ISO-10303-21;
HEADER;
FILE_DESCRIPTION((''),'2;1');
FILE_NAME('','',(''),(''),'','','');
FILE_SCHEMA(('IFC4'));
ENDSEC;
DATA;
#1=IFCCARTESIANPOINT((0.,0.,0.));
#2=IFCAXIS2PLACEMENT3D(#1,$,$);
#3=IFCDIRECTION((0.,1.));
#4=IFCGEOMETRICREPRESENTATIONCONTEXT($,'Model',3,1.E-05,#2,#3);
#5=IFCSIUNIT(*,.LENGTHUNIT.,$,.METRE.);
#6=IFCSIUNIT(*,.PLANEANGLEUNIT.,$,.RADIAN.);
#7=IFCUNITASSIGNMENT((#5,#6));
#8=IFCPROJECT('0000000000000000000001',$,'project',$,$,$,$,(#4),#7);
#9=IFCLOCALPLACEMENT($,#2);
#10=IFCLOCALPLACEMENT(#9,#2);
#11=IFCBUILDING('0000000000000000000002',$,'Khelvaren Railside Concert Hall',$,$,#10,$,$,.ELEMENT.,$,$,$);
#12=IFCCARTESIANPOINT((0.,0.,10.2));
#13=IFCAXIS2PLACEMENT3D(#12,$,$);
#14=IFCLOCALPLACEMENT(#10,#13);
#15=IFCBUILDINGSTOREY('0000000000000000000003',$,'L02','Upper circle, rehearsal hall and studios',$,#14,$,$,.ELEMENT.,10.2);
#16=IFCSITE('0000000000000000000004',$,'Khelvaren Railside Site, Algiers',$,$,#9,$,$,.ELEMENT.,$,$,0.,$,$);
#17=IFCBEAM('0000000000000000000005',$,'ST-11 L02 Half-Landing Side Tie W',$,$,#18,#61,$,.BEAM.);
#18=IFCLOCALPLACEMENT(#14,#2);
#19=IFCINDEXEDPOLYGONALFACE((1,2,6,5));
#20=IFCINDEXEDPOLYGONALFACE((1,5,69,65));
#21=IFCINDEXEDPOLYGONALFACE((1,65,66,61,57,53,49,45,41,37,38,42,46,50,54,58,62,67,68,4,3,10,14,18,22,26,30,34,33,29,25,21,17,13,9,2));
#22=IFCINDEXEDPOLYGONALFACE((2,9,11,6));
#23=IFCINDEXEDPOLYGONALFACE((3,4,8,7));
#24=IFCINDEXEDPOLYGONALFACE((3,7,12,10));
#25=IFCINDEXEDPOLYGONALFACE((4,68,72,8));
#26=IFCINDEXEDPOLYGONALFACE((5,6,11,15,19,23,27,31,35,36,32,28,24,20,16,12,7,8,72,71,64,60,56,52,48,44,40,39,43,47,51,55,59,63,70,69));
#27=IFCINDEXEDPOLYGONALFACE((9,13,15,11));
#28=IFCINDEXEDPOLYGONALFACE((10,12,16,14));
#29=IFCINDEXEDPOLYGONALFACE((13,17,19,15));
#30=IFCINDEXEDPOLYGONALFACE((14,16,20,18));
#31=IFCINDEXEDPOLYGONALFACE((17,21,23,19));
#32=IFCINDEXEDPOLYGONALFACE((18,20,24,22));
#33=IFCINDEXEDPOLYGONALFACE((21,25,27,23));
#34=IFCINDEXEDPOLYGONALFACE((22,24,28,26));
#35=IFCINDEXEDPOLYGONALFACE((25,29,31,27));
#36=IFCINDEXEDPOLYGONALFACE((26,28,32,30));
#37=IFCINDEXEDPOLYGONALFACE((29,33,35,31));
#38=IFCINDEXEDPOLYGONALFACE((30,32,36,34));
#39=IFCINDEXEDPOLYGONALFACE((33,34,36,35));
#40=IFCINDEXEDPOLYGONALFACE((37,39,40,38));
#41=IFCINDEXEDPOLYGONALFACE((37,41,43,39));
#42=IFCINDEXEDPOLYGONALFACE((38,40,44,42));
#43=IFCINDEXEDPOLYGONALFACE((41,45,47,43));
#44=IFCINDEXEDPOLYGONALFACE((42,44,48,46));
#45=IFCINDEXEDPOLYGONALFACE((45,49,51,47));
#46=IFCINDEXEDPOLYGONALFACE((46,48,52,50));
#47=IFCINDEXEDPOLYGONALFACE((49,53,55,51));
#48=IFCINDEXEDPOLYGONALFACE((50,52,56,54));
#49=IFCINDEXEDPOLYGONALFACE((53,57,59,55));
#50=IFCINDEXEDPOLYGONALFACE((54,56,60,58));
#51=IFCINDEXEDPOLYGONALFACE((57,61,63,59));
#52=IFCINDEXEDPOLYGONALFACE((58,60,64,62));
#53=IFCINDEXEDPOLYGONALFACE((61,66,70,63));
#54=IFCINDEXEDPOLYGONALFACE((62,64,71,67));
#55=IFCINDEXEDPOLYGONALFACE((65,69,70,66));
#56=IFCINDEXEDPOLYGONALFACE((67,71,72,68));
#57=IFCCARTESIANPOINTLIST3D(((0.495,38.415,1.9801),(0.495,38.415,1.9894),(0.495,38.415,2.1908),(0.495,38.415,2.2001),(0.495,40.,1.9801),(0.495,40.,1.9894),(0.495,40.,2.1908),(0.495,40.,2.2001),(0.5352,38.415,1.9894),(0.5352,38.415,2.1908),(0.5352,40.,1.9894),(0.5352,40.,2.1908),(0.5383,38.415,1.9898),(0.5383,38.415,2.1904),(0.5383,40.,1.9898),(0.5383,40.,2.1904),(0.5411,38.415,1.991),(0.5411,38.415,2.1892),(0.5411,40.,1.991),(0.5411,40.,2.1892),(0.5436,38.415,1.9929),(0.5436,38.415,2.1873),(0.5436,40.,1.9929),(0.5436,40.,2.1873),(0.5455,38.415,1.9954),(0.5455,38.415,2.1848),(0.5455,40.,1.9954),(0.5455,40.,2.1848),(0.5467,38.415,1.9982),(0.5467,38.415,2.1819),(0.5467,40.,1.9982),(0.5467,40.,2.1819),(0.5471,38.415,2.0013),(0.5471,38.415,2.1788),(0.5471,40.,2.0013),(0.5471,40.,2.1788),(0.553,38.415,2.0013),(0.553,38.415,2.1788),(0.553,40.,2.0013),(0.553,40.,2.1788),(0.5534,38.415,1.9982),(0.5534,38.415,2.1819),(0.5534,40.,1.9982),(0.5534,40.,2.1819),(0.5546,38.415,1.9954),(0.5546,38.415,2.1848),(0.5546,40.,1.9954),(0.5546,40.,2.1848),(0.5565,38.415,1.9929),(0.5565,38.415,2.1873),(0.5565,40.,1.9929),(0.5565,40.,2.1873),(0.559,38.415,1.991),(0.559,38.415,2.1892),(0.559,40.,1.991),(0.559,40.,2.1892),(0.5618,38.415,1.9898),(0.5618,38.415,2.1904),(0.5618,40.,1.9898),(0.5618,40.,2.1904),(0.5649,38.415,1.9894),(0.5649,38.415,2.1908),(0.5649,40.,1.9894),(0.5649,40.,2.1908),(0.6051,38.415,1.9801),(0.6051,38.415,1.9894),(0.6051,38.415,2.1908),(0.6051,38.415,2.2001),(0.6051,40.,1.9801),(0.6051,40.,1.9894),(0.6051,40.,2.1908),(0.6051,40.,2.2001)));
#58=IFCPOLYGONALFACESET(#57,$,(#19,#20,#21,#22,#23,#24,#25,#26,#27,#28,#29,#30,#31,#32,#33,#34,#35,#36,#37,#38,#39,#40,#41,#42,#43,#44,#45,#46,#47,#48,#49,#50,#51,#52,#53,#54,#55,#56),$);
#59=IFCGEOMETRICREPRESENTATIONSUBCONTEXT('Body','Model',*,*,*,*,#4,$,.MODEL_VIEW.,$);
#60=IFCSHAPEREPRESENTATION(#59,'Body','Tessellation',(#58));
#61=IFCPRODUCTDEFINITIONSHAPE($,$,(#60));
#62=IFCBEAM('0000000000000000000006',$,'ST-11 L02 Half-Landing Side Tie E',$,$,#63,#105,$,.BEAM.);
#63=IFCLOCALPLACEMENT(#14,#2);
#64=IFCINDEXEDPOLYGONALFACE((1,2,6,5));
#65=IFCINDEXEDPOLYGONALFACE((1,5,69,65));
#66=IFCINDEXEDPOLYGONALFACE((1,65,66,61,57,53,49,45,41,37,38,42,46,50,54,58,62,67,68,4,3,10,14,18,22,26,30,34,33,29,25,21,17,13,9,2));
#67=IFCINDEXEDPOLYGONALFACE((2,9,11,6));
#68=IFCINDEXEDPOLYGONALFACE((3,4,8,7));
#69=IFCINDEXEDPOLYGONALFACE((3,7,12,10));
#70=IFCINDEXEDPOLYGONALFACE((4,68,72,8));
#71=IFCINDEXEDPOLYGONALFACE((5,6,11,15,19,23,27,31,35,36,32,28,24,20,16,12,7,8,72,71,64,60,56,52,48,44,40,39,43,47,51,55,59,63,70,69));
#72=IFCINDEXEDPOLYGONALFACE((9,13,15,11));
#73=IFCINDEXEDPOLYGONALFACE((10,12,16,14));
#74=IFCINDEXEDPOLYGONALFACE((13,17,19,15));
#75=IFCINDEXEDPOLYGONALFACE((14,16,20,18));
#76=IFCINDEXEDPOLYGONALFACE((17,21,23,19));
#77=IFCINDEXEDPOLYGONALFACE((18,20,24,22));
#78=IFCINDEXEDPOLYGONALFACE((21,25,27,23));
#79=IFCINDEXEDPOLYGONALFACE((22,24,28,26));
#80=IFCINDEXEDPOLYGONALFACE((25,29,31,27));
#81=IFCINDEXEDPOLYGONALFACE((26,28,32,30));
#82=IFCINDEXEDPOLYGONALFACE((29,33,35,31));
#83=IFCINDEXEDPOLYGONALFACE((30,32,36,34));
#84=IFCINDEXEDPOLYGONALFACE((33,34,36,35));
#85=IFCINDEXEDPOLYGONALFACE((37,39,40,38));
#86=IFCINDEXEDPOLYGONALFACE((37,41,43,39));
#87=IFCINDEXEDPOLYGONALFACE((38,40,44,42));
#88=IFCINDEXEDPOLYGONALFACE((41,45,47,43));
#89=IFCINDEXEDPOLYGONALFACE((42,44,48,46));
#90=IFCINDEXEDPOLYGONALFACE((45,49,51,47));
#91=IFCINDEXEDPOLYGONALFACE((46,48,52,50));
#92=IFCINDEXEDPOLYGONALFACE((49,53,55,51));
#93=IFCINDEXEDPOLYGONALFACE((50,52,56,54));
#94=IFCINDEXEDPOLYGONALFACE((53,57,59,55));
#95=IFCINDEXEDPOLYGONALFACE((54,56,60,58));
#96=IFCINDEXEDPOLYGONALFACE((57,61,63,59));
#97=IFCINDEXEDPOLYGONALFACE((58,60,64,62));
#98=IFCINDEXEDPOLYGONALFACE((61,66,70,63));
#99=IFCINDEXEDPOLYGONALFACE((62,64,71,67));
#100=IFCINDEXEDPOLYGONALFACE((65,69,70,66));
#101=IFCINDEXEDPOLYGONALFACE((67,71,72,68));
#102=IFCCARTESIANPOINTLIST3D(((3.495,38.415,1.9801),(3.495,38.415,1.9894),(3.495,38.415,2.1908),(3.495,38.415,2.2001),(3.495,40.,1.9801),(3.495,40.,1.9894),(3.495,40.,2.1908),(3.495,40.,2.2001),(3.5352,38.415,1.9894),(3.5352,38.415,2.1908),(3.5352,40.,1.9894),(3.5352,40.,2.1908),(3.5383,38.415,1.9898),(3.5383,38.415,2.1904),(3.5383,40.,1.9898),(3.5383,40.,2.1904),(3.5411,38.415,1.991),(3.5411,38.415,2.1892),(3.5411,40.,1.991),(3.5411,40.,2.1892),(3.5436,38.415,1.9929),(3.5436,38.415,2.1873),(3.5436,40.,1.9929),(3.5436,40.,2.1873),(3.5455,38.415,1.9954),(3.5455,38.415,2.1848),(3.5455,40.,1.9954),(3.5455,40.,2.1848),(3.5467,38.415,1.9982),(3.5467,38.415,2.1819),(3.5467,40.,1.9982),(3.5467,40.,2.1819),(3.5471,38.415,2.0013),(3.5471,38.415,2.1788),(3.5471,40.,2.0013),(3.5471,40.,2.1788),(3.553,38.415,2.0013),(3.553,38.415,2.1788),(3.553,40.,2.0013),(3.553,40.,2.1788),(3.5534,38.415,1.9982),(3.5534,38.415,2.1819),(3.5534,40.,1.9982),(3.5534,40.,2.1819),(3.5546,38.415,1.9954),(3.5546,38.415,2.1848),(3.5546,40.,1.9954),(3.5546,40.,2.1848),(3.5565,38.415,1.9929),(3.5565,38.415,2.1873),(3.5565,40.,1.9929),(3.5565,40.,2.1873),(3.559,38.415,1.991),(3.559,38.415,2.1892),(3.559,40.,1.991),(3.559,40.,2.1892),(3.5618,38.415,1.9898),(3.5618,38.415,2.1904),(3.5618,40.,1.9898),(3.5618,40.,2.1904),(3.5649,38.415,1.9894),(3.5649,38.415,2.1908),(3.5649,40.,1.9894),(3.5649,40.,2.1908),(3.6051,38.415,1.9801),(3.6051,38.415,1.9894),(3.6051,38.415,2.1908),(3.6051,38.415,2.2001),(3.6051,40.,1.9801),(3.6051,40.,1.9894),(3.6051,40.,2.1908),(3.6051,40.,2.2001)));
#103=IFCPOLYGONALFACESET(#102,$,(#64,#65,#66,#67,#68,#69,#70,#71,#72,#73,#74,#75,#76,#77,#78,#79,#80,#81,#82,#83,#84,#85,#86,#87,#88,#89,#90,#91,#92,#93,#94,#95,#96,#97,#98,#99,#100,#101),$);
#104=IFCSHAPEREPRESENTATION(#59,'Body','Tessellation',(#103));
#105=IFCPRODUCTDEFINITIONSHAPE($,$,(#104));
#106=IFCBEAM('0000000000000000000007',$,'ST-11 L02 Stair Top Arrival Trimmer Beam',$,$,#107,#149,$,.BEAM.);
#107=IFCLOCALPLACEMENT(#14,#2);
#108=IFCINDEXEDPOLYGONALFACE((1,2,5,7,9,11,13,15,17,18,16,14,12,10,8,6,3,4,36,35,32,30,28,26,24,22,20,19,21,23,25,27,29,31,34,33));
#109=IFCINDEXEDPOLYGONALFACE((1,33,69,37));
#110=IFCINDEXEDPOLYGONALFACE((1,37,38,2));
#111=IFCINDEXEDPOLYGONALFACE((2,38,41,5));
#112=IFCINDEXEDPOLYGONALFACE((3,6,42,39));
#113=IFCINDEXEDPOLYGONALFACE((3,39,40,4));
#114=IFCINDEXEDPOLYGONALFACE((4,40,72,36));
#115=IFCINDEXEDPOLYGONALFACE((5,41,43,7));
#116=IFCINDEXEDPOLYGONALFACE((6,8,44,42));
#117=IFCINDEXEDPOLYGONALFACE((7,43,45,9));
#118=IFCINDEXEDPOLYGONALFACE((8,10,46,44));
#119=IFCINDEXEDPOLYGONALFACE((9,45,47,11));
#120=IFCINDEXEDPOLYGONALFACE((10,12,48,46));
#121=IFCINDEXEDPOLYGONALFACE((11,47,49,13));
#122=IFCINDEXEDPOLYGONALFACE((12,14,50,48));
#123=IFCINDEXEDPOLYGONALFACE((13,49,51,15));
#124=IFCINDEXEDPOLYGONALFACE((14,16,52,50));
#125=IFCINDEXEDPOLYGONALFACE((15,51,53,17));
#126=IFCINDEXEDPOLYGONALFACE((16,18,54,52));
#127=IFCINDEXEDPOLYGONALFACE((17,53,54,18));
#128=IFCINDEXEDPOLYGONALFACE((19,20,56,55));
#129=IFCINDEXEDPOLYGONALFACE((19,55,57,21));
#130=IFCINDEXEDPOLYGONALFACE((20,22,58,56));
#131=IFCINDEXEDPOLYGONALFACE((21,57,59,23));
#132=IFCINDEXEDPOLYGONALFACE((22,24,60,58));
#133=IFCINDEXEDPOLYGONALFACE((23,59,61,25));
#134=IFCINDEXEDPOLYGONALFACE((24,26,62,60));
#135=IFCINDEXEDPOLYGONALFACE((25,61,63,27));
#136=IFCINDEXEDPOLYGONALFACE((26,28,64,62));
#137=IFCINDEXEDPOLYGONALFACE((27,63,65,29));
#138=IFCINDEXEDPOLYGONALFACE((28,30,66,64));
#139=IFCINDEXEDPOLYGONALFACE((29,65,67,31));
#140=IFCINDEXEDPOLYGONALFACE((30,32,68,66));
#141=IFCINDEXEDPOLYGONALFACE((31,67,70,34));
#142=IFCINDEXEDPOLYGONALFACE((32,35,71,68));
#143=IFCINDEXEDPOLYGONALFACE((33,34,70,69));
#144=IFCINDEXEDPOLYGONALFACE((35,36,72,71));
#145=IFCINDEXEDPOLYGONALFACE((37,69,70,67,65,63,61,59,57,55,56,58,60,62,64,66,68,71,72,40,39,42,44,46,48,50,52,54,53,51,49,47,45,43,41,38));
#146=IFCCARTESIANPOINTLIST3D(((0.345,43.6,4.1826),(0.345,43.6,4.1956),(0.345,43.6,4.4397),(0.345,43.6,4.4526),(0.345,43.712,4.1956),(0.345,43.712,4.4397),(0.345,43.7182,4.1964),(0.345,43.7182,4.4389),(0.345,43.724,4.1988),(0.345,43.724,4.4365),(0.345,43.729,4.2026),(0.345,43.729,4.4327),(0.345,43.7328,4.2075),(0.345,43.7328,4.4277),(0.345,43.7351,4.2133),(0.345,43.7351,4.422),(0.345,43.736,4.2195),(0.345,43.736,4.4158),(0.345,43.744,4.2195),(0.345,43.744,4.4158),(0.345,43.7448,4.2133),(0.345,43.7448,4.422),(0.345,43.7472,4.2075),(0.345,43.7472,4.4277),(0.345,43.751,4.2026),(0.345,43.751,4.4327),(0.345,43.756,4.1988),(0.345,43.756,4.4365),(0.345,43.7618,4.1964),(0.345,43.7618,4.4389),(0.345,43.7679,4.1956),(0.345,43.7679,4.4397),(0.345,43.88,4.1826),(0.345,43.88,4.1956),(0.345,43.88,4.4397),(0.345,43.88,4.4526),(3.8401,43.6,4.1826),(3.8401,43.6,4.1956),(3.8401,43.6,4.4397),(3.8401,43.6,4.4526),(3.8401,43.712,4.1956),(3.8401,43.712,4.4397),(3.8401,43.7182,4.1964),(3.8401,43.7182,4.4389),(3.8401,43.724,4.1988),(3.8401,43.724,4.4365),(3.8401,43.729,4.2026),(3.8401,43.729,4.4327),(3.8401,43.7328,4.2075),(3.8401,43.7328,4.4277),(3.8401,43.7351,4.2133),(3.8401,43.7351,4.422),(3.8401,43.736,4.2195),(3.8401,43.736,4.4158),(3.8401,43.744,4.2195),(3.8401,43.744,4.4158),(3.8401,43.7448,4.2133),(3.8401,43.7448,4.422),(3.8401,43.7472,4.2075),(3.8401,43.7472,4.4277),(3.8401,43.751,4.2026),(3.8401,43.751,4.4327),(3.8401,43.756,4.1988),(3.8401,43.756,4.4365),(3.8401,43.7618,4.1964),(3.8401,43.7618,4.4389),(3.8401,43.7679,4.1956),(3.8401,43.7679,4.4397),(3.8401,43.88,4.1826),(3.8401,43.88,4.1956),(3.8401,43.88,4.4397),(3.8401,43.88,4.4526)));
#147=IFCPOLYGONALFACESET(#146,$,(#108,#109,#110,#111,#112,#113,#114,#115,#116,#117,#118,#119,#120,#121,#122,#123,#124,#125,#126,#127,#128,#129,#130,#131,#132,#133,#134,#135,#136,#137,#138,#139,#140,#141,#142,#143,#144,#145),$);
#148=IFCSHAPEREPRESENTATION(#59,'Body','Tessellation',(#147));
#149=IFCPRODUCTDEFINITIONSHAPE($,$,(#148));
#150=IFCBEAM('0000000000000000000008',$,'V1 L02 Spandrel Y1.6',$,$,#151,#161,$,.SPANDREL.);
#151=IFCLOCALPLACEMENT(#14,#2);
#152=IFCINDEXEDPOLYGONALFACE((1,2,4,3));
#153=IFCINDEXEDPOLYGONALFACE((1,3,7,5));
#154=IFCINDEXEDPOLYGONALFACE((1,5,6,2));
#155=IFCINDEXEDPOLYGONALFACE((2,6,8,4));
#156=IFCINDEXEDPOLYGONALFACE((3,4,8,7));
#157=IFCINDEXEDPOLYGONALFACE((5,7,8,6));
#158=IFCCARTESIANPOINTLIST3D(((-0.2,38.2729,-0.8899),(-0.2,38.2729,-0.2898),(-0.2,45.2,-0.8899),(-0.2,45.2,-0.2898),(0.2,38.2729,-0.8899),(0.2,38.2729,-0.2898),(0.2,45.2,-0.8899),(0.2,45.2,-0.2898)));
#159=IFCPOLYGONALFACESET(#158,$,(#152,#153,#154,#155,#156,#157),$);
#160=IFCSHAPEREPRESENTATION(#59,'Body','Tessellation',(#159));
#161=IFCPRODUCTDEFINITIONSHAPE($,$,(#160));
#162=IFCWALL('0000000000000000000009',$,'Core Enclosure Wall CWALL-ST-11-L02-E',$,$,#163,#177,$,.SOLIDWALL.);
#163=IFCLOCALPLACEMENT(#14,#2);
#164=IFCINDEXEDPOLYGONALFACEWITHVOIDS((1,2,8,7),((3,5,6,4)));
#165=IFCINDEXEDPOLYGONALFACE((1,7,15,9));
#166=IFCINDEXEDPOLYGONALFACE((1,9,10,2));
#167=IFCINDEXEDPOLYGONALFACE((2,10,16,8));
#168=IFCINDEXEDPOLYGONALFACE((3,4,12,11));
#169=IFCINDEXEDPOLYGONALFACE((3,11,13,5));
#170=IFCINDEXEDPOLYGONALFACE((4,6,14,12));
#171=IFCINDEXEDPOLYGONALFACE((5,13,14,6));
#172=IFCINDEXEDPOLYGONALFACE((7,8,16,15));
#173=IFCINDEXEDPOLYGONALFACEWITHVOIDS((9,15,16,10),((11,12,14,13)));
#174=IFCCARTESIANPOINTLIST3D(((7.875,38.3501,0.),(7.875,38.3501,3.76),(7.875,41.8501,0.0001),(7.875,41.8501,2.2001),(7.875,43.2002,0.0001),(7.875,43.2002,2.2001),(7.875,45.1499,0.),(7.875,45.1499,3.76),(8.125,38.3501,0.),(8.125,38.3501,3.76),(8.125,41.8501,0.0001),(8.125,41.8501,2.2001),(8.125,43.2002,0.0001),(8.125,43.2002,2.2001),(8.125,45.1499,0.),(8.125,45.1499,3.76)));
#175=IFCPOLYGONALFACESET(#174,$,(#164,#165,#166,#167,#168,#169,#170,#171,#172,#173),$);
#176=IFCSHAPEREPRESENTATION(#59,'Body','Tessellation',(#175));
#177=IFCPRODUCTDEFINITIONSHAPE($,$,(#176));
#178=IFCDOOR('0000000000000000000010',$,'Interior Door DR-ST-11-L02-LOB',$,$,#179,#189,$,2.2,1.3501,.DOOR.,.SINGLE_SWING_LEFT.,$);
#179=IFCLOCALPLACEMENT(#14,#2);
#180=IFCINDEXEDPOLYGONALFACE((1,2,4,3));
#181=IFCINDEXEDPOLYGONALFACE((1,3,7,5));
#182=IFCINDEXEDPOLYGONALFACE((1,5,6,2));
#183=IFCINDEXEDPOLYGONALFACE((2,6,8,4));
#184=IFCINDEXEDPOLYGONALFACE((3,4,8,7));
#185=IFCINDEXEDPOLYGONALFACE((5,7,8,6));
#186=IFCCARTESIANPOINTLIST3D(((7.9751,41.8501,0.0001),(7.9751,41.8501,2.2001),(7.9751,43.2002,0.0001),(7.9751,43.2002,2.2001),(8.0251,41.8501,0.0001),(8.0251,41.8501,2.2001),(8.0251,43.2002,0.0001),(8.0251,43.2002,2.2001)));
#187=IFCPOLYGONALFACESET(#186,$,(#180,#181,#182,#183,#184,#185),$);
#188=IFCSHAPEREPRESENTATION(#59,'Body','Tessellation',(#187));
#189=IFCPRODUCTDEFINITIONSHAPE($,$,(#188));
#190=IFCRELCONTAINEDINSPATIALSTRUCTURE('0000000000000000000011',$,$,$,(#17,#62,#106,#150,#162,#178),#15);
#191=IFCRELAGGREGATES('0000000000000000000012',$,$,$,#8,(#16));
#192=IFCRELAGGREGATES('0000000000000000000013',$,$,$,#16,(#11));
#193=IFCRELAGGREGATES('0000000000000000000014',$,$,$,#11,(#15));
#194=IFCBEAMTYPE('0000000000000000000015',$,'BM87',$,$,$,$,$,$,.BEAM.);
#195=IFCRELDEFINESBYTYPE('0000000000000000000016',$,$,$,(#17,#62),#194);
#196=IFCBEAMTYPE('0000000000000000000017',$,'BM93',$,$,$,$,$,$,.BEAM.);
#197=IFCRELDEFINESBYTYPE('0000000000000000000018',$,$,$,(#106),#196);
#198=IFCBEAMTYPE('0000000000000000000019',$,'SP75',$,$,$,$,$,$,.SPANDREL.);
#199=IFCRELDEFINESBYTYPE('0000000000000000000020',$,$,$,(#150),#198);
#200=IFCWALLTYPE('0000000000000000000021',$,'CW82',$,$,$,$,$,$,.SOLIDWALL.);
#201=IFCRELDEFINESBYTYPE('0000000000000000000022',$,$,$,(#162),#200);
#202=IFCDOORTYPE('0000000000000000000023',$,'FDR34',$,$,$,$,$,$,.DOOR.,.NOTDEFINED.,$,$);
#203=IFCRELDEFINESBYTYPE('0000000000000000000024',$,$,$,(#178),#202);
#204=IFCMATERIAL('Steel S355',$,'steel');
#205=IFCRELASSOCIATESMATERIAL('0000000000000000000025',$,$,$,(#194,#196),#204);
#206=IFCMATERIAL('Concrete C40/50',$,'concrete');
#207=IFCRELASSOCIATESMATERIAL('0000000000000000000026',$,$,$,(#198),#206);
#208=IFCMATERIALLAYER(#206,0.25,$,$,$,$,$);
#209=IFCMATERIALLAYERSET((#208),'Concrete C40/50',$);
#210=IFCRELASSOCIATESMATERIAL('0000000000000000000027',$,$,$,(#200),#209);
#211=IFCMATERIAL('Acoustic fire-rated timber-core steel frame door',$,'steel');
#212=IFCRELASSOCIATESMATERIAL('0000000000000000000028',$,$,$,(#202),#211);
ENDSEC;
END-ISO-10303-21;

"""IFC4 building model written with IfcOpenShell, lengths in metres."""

from ifc_helpers import new_model, si_unit, direction, frame, frame_2d, origin, origin_2d, place, context, subcontext, project, spatial, rectangle, i_section, extrude, material, layer, layer_set, material_profile, profile_set, type_object, element, fill, save


model = new_model("IFC4")

# Units and contexts
model_context = context("Model", 3, precision=1e-05, world=origin(), true_north=direction((0.0, 1.0)))
body_context = subcontext(model_context, "Body", "Model", "MODEL_VIEW")
ifc_project = project(units=[si_unit("LENGTHUNIT", "METRE"), si_unit("PLANEANGLEUNIT", "RADIAN")], contexts=[model_context])

# Site, building, storey
site_placement = place(None, origin())
site = spatial("IfcSite", under=ifc_project, at=site_placement, Name="Khelvaren Railside Site, Algiers", CompositionType="ELEMENT", RefElevation=0.0)
building_placement = place(site_placement, origin())
building = spatial("IfcBuilding", under=site, at=building_placement, Name="Khelvaren Railside Concert Hall", CompositionType="ELEMENT")
storey_placement = place(building_placement, frame((0.0, 0.0, 10.2)))
storey = spatial("IfcBuildingStorey", under=building, at=storey_placement, Name="L02", Description="Upper circle, rehearsal hall and studios", CompositionType="ELEMENT", Elevation=10.2)

# Beams
ifc_material_1 = material(Name="Steel S355", Category="steel")
ifc_material_profile_1 = material_profile(ifc_material_1, i_section(OverallWidth=0.1101, OverallDepth=0.22, WebThickness=0.0059, FlangeThickness=0.0093, FilletRadius=0.012, at=origin_2d()), Name="IPE 220")
ifc_profile_set_1 = profile_set([ifc_material_profile_1], Name="Steel S355")
beam_type_1 = type_object("IfcBeamType", Name="BM87", PredefinedType="BEAM", material=ifc_profile_set_1)
for number, where, z_axis, x_axis, name in (
    (1, (0.55, 38.415, 2.0901), (0.0, 1.0, 0.0), (-1.0, 0.0, 0.0), "ST-11 L02 Half-Landing Side Tie W"),
    (2, (3.55, 38.415, 2.0901), (0.0, 1.0, 0.0), (-1.0, 0.0, 0.0), "ST-11 L02 Half-Landing Side Tie E"),
):
    element("IfcBeam", number, at=place(storey_placement, frame(where, z_axis=z_axis, x_axis=x_axis)), inside=storey, type_object=beam_type_1, Name=name, PredefinedType="BEAM", context=body_context, shape_type="SweptSolid", body=[
        extrude(i_section(OverallWidth=0.1101, OverallDepth=0.22, WebThickness=0.0059, FlangeThickness=0.0093, FilletRadius=0.012, at=origin_2d()), origin(), (0.0, 0.0, 1.0), 1.585),
    ])
ifc_material_profile_2 = material_profile(ifc_material_1, i_section(OverallWidth=0.28, OverallDepth=0.27, WebThickness=0.0081, FlangeThickness=0.0129, FilletRadius=0.0239, at=origin_2d()), Name="HEA 280")
ifc_profile_set_2 = profile_set([ifc_material_profile_2], Name="Steel S355")
beam_type_2 = type_object("IfcBeamType", Name="BM93", PredefinedType="BEAM", material=ifc_profile_set_2)
beam_1_placement = place(storey_placement, frame((0.345, 43.74, 4.3176), z_axis=(1.0, 0.0, 0.0), x_axis=(0.0, 1.0, 0.0)))
element("IfcBeam", 3, at=beam_1_placement, inside=storey, type_object=beam_type_2, Name="ST-11 L02 Stair Top Arrival Trimmer Beam", PredefinedType="BEAM", context=body_context, shape_type="SweptSolid", body=[
    extrude(i_section(OverallWidth=0.28, OverallDepth=0.27, WebThickness=0.0081, FlangeThickness=0.0129, FilletRadius=0.0239, at=origin_2d()), origin(), (0.0, 0.0, 1.0), 3.4951),
])
ifc_material_2 = material(Name="Concrete C40/50", Category="concrete")
ifc_material_profile_3 = material_profile(ifc_material_2, rectangle(XDim=0.3999, YDim=0.6001, at=origin_2d()), Name="RCB 400x600")
ifc_profile_set_3 = profile_set([ifc_material_profile_3], Name="Concrete C40/50")
beam_type_3 = type_object("IfcBeamType", Name="SP75", PredefinedType="SPANDREL", material=ifc_profile_set_3)
beam_2_placement = place(storey_placement, frame((0.0, 38.2729, -0.5898), z_axis=(0.0, 1.0, 0.0), x_axis=(-1.0, 0.0, 0.0)))
element("IfcBeam", 4, at=beam_2_placement, inside=storey, type_object=beam_type_3, Name="V1 L02 Spandrel Y1.6", PredefinedType="SPANDREL", context=body_context, shape_type="SweptSolid", body=[
    extrude(rectangle(XDim=0.3999, YDim=0.6001, at=origin_2d()), origin(), (0.0, 0.0, 1.0), 6.927),
])

# Wall, opening, door
ifc_layer_1 = layer(ifc_material_2, 0.25)
ifc_layer_set_1 = layer_set([ifc_layer_1], Name="Concrete C40/50")
wall_type_1 = type_object("IfcWallType", Name="CW82", PredefinedType="SOLIDWALL", material=ifc_layer_set_1)
wall_1_placement = place(storey_placement, frame((8.0, 38.3501, 0.0), z_axis=(0.0, 0.0, 1.0), x_axis=(0.0, 1.0, 0.0)))
wall_1 = element("IfcWall", 5, at=wall_1_placement, inside=storey, type_object=wall_type_1, Name="Core Enclosure Wall CWALL-ST-11-L02-E", PredefinedType="SOLIDWALL", context=body_context, shape_type="SweptSolid", body=[
    extrude(rectangle(XDim=6.7998, YDim=0.25, at=frame_2d((3.3999, 0.0))), origin(), (0.0, 0.0, 1.0), 3.76),
])
opening_1_placement = place(wall_1_placement, frame((3.5, 0.0, 0.0)))
opening_1 = element("IfcOpeningElement", 6, at=opening_1_placement, cuts=wall_1, PredefinedType="OPENING", context=body_context, shape_type="SweptSolid", body=[
    extrude(rectangle(XDim=1.3501, YDim=2.2, at=frame_2d((0.675, 1.1001))), frame((0.0, 0.135, 0.0), z_axis=(0.0, -1.0, 0.0), x_axis=(1.0, 0.0, 0.0)), (0.0, 0.0, 1.0), 0.27),
])
ifc_material_3 = material(Name="Acoustic fire-rated timber-core steel frame door", Category="steel")
door_type_1 = type_object("IfcDoorType", Name="FDR34", OperationType="NOTDEFINED", PredefinedType="DOOR", material=ifc_material_3)
door_1_placement = place(opening_1_placement, origin())
door_1 = element("IfcDoor", 7, at=door_1_placement, inside=storey, type_object=door_type_1, Name="Interior Door DR-ST-11-L02-LOB", OperationType="SINGLE_SWING_LEFT", OverallHeight=2.2, OverallWidth=1.3501, PredefinedType="DOOR", context=body_context, shape_type="SweptSolid", body=[
    extrude(rectangle(XDim=1.3501, YDim=2.2, at=frame_2d((0.675, 1.1001))), frame((0.0, 0.0249, 0.0), z_axis=(0.0, -1.0, 0.0), x_axis=(1.0, 0.0, 0.0)), (0.0, 0.0, 1.0), 0.05),
])
fill(opening_1, door_1)

save(model, "model.ifc")
